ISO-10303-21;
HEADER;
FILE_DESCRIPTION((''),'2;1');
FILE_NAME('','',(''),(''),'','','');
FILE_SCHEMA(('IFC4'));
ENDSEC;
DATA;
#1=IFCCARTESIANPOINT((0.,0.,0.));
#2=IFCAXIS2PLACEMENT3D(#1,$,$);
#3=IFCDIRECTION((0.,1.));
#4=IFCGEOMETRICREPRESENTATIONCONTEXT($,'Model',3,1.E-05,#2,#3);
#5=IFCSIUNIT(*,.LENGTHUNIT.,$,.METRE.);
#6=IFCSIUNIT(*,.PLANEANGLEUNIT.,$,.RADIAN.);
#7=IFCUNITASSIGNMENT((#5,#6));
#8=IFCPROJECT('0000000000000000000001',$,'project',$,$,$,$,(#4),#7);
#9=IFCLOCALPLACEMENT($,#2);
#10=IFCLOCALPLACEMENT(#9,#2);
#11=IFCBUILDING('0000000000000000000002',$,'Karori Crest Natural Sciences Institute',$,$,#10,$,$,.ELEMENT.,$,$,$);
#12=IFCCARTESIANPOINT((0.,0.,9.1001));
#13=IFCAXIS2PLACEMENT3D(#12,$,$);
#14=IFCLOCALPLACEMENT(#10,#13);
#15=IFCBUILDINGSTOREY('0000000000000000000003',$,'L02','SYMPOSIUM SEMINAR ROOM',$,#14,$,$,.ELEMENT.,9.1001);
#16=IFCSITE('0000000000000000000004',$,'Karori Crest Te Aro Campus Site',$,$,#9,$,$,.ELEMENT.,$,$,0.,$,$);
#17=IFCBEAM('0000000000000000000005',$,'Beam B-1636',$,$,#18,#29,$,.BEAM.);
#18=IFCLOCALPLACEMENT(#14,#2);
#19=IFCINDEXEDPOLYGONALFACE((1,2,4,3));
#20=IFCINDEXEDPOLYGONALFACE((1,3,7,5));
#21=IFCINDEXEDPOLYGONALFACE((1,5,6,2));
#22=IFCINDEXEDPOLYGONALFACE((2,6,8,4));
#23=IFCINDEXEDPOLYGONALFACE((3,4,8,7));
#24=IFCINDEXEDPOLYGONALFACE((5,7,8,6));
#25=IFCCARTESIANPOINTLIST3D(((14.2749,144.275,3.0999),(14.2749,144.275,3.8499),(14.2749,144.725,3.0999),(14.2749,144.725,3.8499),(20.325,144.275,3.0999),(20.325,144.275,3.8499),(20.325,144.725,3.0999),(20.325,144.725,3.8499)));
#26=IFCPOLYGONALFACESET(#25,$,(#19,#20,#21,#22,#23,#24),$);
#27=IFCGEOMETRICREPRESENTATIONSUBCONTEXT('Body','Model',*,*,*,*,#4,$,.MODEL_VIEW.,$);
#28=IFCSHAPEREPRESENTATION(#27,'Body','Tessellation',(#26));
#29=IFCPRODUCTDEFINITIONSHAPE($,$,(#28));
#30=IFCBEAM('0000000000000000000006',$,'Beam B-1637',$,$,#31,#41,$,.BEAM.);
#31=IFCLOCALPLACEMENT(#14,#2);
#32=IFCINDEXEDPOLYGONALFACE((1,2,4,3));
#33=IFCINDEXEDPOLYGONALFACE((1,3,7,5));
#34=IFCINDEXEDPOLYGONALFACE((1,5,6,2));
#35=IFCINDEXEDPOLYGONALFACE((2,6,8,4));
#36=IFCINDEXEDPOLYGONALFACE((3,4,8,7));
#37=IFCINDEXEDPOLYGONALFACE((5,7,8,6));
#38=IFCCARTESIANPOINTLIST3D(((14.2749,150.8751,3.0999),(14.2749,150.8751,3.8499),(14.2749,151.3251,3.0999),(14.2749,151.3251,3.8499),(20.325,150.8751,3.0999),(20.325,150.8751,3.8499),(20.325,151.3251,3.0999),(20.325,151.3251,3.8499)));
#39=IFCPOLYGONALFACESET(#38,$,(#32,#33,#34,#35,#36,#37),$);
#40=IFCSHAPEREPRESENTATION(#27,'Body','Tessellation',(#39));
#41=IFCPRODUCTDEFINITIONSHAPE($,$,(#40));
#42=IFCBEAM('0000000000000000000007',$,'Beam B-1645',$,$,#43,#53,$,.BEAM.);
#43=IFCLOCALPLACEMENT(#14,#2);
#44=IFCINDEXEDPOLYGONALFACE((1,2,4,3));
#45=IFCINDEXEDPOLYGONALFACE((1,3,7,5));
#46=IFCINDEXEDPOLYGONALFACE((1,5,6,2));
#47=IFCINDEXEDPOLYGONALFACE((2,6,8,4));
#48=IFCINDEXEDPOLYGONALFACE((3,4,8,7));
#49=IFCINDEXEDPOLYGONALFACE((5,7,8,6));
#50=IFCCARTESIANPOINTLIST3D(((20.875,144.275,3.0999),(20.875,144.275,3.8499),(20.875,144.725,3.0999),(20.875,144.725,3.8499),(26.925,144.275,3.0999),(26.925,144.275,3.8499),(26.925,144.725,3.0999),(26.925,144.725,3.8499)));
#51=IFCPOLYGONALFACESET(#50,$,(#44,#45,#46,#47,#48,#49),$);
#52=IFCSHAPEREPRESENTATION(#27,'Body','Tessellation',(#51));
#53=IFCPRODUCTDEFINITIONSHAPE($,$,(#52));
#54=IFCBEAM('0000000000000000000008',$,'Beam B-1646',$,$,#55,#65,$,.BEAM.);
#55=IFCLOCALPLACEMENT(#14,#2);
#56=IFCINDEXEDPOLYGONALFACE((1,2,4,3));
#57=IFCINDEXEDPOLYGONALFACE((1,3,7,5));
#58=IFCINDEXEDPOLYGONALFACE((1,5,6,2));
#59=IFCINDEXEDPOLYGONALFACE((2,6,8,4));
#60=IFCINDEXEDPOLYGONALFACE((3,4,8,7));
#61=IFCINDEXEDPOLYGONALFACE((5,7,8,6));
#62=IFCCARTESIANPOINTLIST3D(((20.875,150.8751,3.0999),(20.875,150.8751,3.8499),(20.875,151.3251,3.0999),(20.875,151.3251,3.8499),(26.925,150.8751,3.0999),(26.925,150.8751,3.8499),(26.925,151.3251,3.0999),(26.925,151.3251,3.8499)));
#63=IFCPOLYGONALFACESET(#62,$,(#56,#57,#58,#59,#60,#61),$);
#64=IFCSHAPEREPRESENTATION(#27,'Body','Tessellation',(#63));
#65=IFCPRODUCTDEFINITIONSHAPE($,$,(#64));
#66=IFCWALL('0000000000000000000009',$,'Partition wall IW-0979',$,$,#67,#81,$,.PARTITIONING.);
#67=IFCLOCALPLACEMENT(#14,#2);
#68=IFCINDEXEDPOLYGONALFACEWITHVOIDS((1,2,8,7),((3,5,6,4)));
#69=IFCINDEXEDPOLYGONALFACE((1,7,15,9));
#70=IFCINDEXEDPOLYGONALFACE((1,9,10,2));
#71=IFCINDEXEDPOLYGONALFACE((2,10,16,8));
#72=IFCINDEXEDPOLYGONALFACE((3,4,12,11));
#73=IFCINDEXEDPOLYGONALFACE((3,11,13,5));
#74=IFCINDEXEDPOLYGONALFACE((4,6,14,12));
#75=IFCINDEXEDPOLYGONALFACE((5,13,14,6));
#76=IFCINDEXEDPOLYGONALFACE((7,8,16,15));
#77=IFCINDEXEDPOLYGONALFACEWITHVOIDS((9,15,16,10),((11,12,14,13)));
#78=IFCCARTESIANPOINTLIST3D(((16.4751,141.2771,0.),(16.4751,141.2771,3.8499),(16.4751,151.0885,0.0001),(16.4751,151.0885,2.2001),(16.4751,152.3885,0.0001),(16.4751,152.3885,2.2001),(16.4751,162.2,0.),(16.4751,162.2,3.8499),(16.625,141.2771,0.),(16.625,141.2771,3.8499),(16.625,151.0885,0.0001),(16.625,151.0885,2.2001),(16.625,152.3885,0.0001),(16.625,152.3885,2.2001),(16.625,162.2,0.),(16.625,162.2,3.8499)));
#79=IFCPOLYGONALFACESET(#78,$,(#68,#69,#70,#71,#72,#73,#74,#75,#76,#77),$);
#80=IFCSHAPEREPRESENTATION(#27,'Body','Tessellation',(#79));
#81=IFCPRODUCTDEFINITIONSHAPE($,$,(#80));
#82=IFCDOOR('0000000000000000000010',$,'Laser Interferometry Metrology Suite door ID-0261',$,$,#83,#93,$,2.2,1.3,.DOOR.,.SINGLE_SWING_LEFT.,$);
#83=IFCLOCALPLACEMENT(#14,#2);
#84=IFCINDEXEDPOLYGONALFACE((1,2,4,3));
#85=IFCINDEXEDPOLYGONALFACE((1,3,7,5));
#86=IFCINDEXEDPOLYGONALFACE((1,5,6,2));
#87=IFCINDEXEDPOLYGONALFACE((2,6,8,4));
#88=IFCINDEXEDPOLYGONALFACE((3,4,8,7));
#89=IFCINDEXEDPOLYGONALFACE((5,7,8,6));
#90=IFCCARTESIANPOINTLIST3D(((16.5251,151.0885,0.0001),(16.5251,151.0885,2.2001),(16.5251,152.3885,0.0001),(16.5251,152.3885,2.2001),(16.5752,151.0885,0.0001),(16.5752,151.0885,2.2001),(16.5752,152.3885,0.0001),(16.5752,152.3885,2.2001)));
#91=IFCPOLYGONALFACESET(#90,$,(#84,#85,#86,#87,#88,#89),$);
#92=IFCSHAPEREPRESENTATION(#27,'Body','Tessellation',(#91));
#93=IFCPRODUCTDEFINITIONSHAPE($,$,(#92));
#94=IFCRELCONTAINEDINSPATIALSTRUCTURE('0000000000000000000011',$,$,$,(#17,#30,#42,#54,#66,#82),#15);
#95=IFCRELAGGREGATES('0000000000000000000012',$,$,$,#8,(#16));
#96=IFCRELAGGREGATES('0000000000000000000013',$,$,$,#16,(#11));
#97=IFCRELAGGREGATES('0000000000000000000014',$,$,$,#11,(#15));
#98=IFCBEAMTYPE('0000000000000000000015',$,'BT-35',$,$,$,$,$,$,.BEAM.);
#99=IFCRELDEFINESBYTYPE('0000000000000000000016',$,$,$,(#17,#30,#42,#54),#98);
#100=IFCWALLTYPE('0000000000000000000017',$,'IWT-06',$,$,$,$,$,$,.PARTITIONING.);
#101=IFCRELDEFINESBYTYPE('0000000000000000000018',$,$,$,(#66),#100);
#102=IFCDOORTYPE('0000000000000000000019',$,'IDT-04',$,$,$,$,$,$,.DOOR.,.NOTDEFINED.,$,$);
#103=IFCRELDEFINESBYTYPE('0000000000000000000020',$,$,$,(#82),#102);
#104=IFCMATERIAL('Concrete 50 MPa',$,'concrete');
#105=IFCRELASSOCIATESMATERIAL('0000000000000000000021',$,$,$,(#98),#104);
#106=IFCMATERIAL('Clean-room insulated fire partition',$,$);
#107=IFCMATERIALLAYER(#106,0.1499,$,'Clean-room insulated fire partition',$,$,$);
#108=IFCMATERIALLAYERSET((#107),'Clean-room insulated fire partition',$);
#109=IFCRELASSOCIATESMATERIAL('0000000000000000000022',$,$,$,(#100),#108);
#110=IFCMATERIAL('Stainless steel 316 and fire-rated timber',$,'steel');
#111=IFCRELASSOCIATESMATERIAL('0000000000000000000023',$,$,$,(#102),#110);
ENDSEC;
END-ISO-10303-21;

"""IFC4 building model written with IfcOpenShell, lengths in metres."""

from ifc_helpers import new_model, si_unit, direction, frame, frame_2d, origin, origin_2d, place, context, subcontext, project, spatial, rectangle, extrude, material, layer, layer_set, material_profile, profile_set, type_object, element, fill, save


model = new_model("IFC4")

# Units and contexts
model_context = context("Model", 3, precision=1e-05, world=origin(), true_north=direction((0.0, 1.0)))
body_context = subcontext(model_context, "Body", "Model", "MODEL_VIEW")
ifc_project = project(units=[si_unit("LENGTHUNIT", "METRE"), si_unit("PLANEANGLEUNIT", "RADIAN")], contexts=[model_context])

# Site, building, storey
site_placement = place(None, origin())
site = spatial("IfcSite", under=ifc_project, at=site_placement, Name="Karori Crest Te Aro Campus Site", CompositionType="ELEMENT", RefElevation=0.0)
building_placement = place(site_placement, origin())
building = spatial("IfcBuilding", under=site, at=building_placement, Name="Karori Crest Natural Sciences Institute", CompositionType="ELEMENT")
storey_placement = place(building_placement, frame((0.0, 0.0, 9.1001)))
storey = spatial("IfcBuildingStorey", under=building, at=storey_placement, Name="L02", Description="SYMPOSIUM SEMINAR ROOM", CompositionType="ELEMENT", Elevation=9.1001)

# Shared definitions
ifc_material_1 = material(Name="Concrete 50 MPa", Category="concrete")

# Beams
ifc_material_profile_1 = material_profile(ifc_material_1, rectangle(XDim=0.45, YDim=0.75, at=origin_2d()), Name="RCB450x750")
ifc_profile_set_1 = profile_set([ifc_material_profile_1], Name="Concrete 50 MPa")
beam_type_1 = type_object("IfcBeamType", Name="BT-35", PredefinedType="BEAM", material=ifc_profile_set_1)
for number, where, z_axis, x_axis, name in (
    (1, (14.2749, 144.5, 3.4749), (1.0, 0.0, 0.0), (0.0, 1.0, 0.0), "Beam B-1636"),
    (2, (14.2749, 151.1001, 3.4749), (1.0, 0.0, 0.0), (0.0, 1.0, 0.0), "Beam B-1637"),
    (3, (20.875, 144.5, 3.4749), (1.0, 0.0, 0.0), (0.0, 1.0, 0.0), "Beam B-1645"),
    (4, (20.875, 151.1001, 3.4749), (1.0, 0.0, 0.0), (0.0, 1.0, 0.0), "Beam B-1646"),
):
    element("IfcBeam", number, at=place(storey_placement, frame(where, z_axis=z_axis, x_axis=x_axis)), inside=storey, type_object=beam_type_1, Name=name, PredefinedType="BEAM", context=body_context, shape_type="SweptSolid", body=[
        extrude(rectangle(XDim=0.45, YDim=0.75, at=origin_2d()), origin(), (0.0, 0.0, 1.0), 6.05),
    ])

# Wall, opening, door
ifc_material_2 = material(Name="Clean-room insulated fire partition")
ifc_layer = layer(ifc_material_2, 0.1499, Name="Clean-room insulated fire partition")
ifc_layer_set = layer_set([ifc_layer], Name="Clean-room insulated fire partition")
wall_type = type_object("IfcWallType", Name="IWT-06", PredefinedType="PARTITIONING", material=ifc_layer_set)
wall_placement = place(storey_placement, frame((16.55, 141.2771, 0.0), z_axis=(0.0, 0.0, 1.0), x_axis=(0.0, 1.0, 0.0)))
wall = element("IfcWall", 5, at=wall_placement, inside=storey, type_object=wall_type, Name="Partition wall IW-0979", PredefinedType="PARTITIONING", context=body_context, shape_type="SweptSolid", body=[
    extrude(rectangle(XDim=20.9229, YDim=0.1499, at=frame_2d((10.4614, 0.0))), origin(), (0.0, 0.0, 1.0), 3.8499),
])
opening_placement = place(wall_placement, frame((9.8115, 0.0, 0.0)))
opening = element("IfcOpeningElement", 6, at=opening_placement, cuts=wall, PredefinedType="OPENING", context=body_context, shape_type="SweptSolid", body=[
    extrude(rectangle(XDim=1.3, YDim=2.2, at=frame_2d((0.6499, 1.1001))), frame((0.0, 0.085, 0.0), z_axis=(0.0, -1.0, 0.0), x_axis=(1.0, 0.0, 0.0)), (0.0, 0.0, 1.0), 0.1699),
])
ifc_material_3 = material(Name="Stainless steel 316 and fire-rated timber", Category="steel")
door_type = type_object("IfcDoorType", Name="IDT-04", OperationType="NOTDEFINED", PredefinedType="DOOR", material=ifc_material_3)
door_placement = place(opening_placement, origin())
door = element("IfcDoor", 7, at=door_placement, inside=storey, type_object=door_type, Name="Laser Interferometry Metrology Suite door ID-0261", OperationType="SINGLE_SWING_LEFT", OverallHeight=2.2, OverallWidth=1.3, PredefinedType="DOOR", context=body_context, shape_type="SweptSolid", body=[
    extrude(rectangle(XDim=1.3, YDim=2.2, at=frame_2d((0.6499, 1.1001))), frame((0.0, 0.0249, 0.0), z_axis=(0.0, -1.0, 0.0), x_axis=(1.0, 0.0, 0.0)), (0.0, 0.0, 1.0), 0.05),
])
fill(opening, door)

save(model, "model.ifc")
